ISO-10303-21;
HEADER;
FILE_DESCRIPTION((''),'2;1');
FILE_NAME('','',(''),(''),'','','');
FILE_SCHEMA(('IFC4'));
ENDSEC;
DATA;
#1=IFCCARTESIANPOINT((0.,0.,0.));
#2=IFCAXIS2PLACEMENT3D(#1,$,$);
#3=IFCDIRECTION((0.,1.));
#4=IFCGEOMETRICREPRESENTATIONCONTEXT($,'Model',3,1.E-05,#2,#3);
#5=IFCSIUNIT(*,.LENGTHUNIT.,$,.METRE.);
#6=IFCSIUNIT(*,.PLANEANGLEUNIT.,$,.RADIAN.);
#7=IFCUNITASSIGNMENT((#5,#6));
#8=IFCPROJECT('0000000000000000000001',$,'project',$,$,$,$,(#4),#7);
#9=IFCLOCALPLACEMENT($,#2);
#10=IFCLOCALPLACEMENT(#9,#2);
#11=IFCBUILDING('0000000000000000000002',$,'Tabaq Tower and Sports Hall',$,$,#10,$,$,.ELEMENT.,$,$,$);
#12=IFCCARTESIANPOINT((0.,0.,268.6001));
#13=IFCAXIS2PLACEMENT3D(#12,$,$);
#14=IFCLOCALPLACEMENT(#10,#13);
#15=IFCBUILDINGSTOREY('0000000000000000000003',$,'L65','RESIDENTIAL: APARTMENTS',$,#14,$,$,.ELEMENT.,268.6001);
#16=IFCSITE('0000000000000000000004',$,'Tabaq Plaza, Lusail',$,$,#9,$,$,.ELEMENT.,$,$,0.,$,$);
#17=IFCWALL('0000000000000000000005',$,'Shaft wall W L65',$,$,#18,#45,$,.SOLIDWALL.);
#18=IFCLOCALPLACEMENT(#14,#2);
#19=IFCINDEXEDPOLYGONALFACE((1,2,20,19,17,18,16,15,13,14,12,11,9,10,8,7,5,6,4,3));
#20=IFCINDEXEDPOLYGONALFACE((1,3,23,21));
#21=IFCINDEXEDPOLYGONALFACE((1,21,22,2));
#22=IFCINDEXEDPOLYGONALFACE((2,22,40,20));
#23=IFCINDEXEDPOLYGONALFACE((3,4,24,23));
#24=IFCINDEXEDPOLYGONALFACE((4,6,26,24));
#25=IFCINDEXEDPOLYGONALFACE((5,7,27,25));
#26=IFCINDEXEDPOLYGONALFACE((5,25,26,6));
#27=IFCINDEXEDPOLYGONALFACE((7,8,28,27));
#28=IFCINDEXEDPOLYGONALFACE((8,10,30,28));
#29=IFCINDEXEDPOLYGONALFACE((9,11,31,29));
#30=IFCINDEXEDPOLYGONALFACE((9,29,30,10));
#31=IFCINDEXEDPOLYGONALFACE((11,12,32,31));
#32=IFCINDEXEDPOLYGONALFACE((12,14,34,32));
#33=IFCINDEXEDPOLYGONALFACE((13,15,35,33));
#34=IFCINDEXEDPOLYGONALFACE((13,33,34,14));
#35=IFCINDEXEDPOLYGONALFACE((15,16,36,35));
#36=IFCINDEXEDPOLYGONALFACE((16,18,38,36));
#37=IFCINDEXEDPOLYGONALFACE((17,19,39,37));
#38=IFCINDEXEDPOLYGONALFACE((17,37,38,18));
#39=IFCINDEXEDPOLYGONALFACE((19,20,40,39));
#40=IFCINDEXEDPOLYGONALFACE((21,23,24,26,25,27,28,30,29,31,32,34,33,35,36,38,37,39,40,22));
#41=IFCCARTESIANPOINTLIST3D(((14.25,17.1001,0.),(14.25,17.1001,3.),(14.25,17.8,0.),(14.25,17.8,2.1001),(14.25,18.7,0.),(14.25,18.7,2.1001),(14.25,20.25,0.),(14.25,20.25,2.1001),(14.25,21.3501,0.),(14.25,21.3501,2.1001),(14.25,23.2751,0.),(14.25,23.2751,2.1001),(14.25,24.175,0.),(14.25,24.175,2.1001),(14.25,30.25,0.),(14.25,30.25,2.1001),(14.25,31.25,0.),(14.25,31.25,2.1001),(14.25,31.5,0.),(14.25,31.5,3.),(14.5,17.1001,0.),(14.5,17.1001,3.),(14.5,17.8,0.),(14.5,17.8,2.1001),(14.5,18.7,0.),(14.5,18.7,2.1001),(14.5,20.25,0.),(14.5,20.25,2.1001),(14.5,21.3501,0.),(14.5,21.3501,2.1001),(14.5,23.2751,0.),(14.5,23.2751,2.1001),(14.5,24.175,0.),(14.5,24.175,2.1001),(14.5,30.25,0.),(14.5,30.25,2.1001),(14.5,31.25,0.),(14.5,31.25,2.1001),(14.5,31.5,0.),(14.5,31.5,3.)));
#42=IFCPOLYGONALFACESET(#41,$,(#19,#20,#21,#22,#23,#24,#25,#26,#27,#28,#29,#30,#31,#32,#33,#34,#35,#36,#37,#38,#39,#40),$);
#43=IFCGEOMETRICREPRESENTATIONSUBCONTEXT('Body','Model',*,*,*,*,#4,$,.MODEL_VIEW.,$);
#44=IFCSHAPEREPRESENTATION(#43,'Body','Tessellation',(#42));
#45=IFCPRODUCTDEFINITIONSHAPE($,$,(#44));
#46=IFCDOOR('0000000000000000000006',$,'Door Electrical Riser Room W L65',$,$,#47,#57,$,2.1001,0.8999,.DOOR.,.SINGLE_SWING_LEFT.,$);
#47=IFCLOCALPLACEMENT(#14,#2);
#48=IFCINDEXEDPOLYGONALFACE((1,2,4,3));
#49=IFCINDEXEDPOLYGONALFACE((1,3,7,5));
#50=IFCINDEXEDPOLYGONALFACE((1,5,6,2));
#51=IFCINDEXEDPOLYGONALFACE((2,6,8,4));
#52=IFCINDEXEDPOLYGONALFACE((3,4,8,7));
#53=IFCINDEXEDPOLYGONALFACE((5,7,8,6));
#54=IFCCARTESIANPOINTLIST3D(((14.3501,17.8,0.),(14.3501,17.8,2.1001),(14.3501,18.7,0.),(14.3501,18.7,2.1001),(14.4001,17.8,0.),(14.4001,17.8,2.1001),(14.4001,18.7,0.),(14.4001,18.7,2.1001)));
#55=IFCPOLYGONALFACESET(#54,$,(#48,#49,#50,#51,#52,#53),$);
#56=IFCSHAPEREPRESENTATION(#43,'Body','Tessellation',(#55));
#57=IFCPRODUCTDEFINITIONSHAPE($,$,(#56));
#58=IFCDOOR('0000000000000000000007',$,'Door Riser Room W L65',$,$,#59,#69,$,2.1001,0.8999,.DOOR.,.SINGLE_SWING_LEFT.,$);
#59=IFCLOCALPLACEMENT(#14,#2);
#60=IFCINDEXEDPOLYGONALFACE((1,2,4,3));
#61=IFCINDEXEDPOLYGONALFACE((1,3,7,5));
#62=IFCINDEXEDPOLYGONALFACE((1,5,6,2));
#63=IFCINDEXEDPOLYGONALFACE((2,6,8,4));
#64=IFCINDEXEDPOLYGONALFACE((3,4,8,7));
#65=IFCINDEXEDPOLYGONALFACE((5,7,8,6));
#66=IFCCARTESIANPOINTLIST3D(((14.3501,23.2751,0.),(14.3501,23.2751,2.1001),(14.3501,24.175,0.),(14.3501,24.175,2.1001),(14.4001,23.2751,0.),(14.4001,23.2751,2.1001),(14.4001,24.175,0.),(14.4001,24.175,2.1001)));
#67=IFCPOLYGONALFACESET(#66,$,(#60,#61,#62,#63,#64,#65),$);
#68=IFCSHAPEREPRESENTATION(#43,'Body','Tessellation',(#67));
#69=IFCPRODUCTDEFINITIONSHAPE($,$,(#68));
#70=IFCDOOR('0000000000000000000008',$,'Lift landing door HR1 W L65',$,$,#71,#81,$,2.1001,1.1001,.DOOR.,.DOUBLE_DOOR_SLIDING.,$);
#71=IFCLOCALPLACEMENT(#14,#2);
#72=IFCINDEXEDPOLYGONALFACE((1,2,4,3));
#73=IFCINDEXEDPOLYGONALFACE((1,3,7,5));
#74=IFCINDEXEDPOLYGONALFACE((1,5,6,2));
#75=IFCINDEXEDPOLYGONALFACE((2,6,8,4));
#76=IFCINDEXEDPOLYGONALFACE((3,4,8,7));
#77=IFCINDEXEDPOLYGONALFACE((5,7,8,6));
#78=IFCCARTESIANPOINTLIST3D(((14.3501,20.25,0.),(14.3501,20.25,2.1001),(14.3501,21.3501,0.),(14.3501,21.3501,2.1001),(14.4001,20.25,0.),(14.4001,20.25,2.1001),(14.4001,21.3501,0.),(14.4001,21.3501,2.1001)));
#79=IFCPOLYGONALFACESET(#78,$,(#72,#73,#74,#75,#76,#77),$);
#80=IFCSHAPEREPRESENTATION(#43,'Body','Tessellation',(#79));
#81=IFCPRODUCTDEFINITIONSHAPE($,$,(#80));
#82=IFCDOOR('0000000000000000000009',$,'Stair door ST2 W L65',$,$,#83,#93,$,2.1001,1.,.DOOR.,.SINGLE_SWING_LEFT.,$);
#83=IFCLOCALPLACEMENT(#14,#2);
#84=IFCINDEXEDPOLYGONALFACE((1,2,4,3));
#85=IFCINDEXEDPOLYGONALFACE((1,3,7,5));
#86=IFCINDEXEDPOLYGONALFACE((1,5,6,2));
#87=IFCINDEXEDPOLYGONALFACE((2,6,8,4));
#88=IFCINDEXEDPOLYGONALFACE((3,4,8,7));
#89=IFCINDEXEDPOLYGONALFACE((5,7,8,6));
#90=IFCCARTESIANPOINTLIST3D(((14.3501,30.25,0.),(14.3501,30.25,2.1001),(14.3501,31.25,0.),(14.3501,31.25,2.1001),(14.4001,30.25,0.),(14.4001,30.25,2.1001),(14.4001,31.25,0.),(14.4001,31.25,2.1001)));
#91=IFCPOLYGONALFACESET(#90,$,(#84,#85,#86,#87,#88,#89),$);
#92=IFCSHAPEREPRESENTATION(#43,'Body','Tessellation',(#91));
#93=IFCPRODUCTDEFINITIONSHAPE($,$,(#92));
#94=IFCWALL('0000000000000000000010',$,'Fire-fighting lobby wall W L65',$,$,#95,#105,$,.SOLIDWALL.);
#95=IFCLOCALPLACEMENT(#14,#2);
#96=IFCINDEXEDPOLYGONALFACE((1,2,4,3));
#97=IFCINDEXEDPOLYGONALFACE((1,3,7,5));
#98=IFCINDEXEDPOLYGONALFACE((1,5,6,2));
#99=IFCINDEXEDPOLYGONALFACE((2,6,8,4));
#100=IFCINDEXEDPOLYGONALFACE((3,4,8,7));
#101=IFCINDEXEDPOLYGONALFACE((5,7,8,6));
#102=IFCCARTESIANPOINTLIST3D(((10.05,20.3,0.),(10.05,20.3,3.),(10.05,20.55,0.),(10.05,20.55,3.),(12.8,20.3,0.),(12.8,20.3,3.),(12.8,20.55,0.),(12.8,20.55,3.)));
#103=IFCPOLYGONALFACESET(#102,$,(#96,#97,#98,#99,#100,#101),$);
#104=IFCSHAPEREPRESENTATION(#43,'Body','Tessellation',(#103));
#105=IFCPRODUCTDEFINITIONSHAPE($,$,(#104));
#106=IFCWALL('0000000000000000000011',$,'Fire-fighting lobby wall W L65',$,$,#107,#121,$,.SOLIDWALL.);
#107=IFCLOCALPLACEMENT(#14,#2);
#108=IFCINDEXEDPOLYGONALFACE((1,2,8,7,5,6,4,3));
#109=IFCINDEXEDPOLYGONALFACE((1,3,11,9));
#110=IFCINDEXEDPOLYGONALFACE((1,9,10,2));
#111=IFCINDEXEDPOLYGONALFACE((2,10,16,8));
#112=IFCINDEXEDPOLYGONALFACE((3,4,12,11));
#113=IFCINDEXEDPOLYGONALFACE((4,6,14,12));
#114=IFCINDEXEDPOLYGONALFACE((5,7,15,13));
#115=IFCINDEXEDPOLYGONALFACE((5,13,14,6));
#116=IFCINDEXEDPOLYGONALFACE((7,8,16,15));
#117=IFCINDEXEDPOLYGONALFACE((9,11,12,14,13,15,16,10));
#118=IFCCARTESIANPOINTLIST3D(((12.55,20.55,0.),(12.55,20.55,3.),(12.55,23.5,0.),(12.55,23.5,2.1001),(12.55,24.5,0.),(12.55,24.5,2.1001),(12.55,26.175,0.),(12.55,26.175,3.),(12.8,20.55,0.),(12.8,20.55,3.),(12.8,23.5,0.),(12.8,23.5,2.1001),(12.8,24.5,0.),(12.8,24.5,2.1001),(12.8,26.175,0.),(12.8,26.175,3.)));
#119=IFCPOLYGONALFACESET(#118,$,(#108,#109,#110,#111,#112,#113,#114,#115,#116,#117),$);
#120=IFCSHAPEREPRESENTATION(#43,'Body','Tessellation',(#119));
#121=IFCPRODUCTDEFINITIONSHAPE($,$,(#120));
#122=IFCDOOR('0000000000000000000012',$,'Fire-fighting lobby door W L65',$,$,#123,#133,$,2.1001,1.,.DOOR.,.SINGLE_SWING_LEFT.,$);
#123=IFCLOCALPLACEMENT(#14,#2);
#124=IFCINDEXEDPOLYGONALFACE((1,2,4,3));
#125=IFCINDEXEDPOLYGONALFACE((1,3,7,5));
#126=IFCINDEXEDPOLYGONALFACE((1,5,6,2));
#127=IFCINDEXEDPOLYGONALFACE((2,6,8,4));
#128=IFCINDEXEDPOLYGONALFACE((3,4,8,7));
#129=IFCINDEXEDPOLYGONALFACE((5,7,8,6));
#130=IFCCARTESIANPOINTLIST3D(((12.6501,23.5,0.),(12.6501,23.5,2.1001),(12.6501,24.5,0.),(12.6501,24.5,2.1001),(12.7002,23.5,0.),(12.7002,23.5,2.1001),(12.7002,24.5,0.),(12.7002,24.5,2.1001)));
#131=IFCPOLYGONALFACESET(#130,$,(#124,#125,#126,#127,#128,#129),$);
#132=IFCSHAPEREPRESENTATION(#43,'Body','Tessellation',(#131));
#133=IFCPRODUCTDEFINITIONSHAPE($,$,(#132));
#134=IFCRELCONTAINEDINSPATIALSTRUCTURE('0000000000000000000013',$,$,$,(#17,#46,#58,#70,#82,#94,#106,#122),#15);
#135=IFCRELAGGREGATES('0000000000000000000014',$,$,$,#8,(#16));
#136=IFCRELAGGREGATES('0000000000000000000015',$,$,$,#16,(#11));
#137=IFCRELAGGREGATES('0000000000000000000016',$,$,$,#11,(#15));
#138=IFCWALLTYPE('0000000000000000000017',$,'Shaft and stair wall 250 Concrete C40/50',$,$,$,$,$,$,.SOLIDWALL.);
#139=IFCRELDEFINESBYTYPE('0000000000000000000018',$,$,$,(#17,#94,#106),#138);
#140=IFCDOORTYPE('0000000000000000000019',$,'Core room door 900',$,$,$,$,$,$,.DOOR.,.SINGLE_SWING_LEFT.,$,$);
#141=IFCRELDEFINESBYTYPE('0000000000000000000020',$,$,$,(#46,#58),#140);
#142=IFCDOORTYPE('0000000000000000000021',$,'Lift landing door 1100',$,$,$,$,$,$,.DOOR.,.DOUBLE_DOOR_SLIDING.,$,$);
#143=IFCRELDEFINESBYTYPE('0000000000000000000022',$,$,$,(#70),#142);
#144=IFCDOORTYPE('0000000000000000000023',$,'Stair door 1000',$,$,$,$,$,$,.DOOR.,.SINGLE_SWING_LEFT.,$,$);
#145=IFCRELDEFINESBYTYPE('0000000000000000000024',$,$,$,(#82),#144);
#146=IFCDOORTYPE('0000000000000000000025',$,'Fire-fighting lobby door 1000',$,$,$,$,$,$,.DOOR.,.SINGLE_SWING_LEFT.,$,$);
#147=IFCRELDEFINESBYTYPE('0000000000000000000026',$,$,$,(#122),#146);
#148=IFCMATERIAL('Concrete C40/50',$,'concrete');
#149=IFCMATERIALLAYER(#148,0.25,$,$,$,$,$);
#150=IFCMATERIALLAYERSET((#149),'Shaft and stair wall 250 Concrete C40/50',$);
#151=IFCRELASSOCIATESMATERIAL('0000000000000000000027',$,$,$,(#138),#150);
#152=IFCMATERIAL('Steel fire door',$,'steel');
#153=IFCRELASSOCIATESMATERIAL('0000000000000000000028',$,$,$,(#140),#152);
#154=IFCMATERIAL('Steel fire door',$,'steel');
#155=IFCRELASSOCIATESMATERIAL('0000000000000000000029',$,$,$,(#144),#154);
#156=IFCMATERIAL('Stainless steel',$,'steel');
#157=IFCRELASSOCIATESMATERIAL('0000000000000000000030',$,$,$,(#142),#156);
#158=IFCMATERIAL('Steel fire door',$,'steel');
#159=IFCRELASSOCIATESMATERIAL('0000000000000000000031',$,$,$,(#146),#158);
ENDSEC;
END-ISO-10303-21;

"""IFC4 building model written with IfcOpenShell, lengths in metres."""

from ifc_helpers import new_model, si_unit, direction, frame, frame_2d, origin, place, context, subcontext, project, spatial, rectangle, extrude, material, layer, layer_set, type_object, element, fill, save


model = new_model("IFC4")

# Units and contexts
model_context = context("Model", 3, precision=1e-05, world=origin(), true_north=direction((0.0, 1.0)))
body_context = subcontext(model_context, "Body", "Model", "MODEL_VIEW")
ifc_project = project(units=[si_unit("LENGTHUNIT", "METRE"), si_unit("PLANEANGLEUNIT", "RADIAN")], contexts=[model_context])

# Site, building, storey
site_placement = place(None, origin())
site = spatial("IfcSite", under=ifc_project, at=site_placement, Name="Tabaq Plaza, Lusail", CompositionType="ELEMENT", RefElevation=0.0)
building_placement = place(site_placement, origin())
building = spatial("IfcBuilding", under=site, at=building_placement, Name="Tabaq Tower and Sports Hall", CompositionType="ELEMENT")
storey_placement = place(building_placement, frame((0.0, 0.0, 268.6001)))
storey = spatial("IfcBuildingStorey", under=building, at=storey_placement, Name="L65", Description="RESIDENTIAL: APARTMENTS", CompositionType="ELEMENT", Elevation=268.6001)

# Wall, openings, doors
ifc_material_1 = material(Name="Concrete C40/50", Category="concrete")
ifc_layer_1 = layer(ifc_material_1, 0.25)
ifc_layer_set_1 = layer_set([ifc_layer_1], Name="Shaft and stair wall 250 Concrete C40/50")
wall_type_1 = type_object("IfcWallType", Name="Shaft and stair wall 250 Concrete C40/50", PredefinedType="SOLIDWALL", material=ifc_layer_set_1)
ifc_material_2 = material(Name="Steel fire door", Category="steel")
door_type_1 = type_object("IfcDoorType", Name="Core room door 900", OperationType="SINGLE_SWING_LEFT", PredefinedType="DOOR", material=ifc_material_2)
ifc_material_3 = material(Name="Steel fire door", Category="steel")
door_type_2 = type_object("IfcDoorType", Name="Stair door 1000", OperationType="SINGLE_SWING_LEFT", PredefinedType="DOOR", material=ifc_material_3)
wall_1_placement = place(storey_placement, frame((14.375, 17.1001, 0.0), z_axis=(0.0, 0.0, 1.0), x_axis=(0.0, 1.0, 0.0)))
wall_1 = element("IfcWall", 1, at=wall_1_placement, inside=storey, type_object=wall_type_1, Name="Shaft wall W L65", PredefinedType="SOLIDWALL", context=body_context, shape_type="SweptSolid", body=[
    extrude(rectangle(XDim=14.3999, YDim=0.25, at=frame_2d((7.2, 0.0))), origin(), (0.0, 0.0, 1.0), 3.0),
])
opening_1_placement = place(wall_1_placement, frame((13.1499, 0.0, 0.0)))
opening_1 = element("IfcOpeningElement", 2, at=opening_1_placement, cuts=wall_1, PredefinedType="OPENING", context=body_context, shape_type="SweptSolid", body=[
    extrude(rectangle(XDim=1.0, YDim=2.1001, at=frame_2d((0.5, 1.05))), frame((0.0, 0.125, 0.0), z_axis=(0.0, -1.0, 0.0), x_axis=(1.0, 0.0, 0.0)), (0.0, 0.0, 1.0), 0.25),
])
opening_2_placement = place(wall_1_placement, frame((3.1499, 0.0, 0.0)))
opening_2 = element("IfcOpeningElement", 3, at=opening_2_placement, cuts=wall_1, PredefinedType="OPENING", context=body_context, shape_type="SweptSolid", body=[
    extrude(rectangle(XDim=1.1001, YDim=2.1001, at=frame_2d((0.55, 1.05))), frame((0.0, 0.125, 0.0), z_axis=(0.0, -1.0, 0.0), x_axis=(1.0, 0.0, 0.0)), (0.0, 0.0, 1.0), 0.25),
])
opening_3_placement = place(wall_1_placement, frame((0.7, 0.0, 0.0)))
opening_3 = element("IfcOpeningElement", 4, at=opening_3_placement, cuts=wall_1, PredefinedType="OPENING", context=body_context, shape_type="SweptSolid", body=[
    extrude(rectangle(XDim=0.8999, YDim=2.1001, at=frame_2d((0.45, 1.05))), frame((0.0, 0.125, 0.0), z_axis=(0.0, -1.0, 0.0), x_axis=(1.0, 0.0, 0.0)), (0.0, 0.0, 1.0), 0.25),
])
opening_4_placement = place(wall_1_placement, frame((6.175, 0.0, 0.0)))
opening_4 = element("IfcOpeningElement", 5, at=opening_4_placement, cuts=wall_1, PredefinedType="OPENING", context=body_context, shape_type="SweptSolid", body=[
    extrude(rectangle(XDim=0.8999, YDim=2.1001, at=frame_2d((0.45, 1.05))), frame((0.0, 0.125, 0.0), z_axis=(0.0, -1.0, 0.0), x_axis=(1.0, 0.0, 0.0)), (0.0, 0.0, 1.0), 0.25),
])
door_1_placement = place(opening_3_placement, origin())
door_1 = element("IfcDoor", 6, at=door_1_placement, inside=storey, type_object=door_type_1, Name="Door Electrical Riser Room W L65", OperationType="SINGLE_SWING_LEFT", OverallHeight=2.1001, OverallWidth=0.8999, PredefinedType="DOOR", context=body_context, shape_type="SweptSolid", body=[
    extrude(rectangle(XDim=0.8999, YDim=2.1001, at=frame_2d((0.45, 1.05))), frame((0.0, 0.0249, 0.0), z_axis=(0.0, -1.0, 0.0), x_axis=(1.0, 0.0, 0.0)), (0.0, 0.0, 1.0), 0.05),
])
fill(opening_3, door_1)
door_2_placement = place(opening_4_placement, origin())
door_2 = element("IfcDoor", 7, at=door_2_placement, inside=storey, type_object=door_type_1, Name="Door Riser Room W L65", OperationType="SINGLE_SWING_LEFT", OverallHeight=2.1001, OverallWidth=0.8999, PredefinedType="DOOR", context=body_context, shape_type="SweptSolid", body=[
    extrude(rectangle(XDim=0.8999, YDim=2.1001, at=frame_2d((0.45, 1.05))), frame((0.0, 0.0249, 0.0), z_axis=(0.0, -1.0, 0.0), x_axis=(1.0, 0.0, 0.0)), (0.0, 0.0, 1.0), 0.05),
])
fill(opening_4, door_2)
ifc_material_4 = material(Name="Stainless steel", Category="steel")
door_type_3 = type_object("IfcDoorType", Name="Lift landing door 1100", OperationType="DOUBLE_DOOR_SLIDING", PredefinedType="DOOR", material=ifc_material_4)
door_3_placement = place(opening_2_placement, origin())
door_3 = element("IfcDoor", 8, at=door_3_placement, inside=storey, type_object=door_type_3, Name="Lift landing door HR1 W L65", OperationType="DOUBLE_DOOR_SLIDING", OverallHeight=2.1001, OverallWidth=1.1001, PredefinedType="DOOR", context=body_context, shape_type="SweptSolid", body=[
    extrude(rectangle(XDim=1.1001, YDim=2.1001, at=frame_2d((0.55, 1.05))), frame((0.0, 0.0249, 0.0), z_axis=(0.0, -1.0, 0.0), x_axis=(1.0, 0.0, 0.0)), (0.0, 0.0, 1.0), 0.05),
])
fill(opening_2, door_3)
door_4_placement = place(opening_1_placement, origin())
door_4 = element("IfcDoor", 9, at=door_4_placement, inside=storey, type_object=door_type_2, Name="Stair door ST2 W L65", OperationType="SINGLE_SWING_LEFT", OverallHeight=2.1001, OverallWidth=1.0, PredefinedType="DOOR", context=body_context, shape_type="SweptSolid", body=[
    extrude(rectangle(XDim=1.0, YDim=2.1001, at=frame_2d((0.5, 1.05))), frame((0.0, 0.0249, 0.0), z_axis=(0.0, -1.0, 0.0), x_axis=(1.0, 0.0, 0.0)), (0.0, 0.0, 1.0), 0.05),
])
fill(opening_1, door_4)

# Wall
wall_2_placement = place(storey_placement, frame((10.05, 20.425, 0.0), z_axis=(0.0, 0.0, 1.0), x_axis=(1.0, 0.0, 0.0)))
element("IfcWall", 10, at=wall_2_placement, inside=storey, type_object=wall_type_1, Name="Fire-fighting lobby wall W L65", PredefinedType="SOLIDWALL", context=body_context, shape_type="SweptSolid", body=[
    extrude(rectangle(XDim=2.75, YDim=0.25, at=frame_2d((1.375, 0.0))), origin(), (0.0, 0.0, 1.0), 3.0),
])

# Wall, opening, door
wall_3_placement = place(storey_placement, frame((12.675, 20.55, 0.0), z_axis=(0.0, 0.0, 1.0), x_axis=(0.0, 1.0, 0.0)))
wall_3 = element("IfcWall", 11, at=wall_3_placement, inside=storey, type_object=wall_type_1, Name="Fire-fighting lobby wall W L65", PredefinedType="SOLIDWALL", context=body_context, shape_type="SweptSolid", body=[
    extrude(rectangle(XDim=5.625, YDim=0.25, at=frame_2d((2.8125, 0.0))), origin(), (0.0, 0.0, 1.0), 3.0),
])
opening_5_placement = place(wall_3_placement, frame((2.95, 0.0, 0.0)))
opening_5 = element("IfcOpeningElement", 12, at=opening_5_placement, cuts=wall_3, PredefinedType="OPENING", context=body_context, shape_type="SweptSolid", body=[
    extrude(rectangle(XDim=1.0, YDim=2.1001, at=frame_2d((0.5, 1.05))), frame((0.0, 0.125, 0.0), z_axis=(0.0, -1.0, 0.0), x_axis=(1.0, 0.0, 0.0)), (0.0, 0.0, 1.0), 0.25),
])
ifc_material_5 = material(Name="Steel fire door", Category="steel")
door_type_4 = type_object("IfcDoorType", Name="Fire-fighting lobby door 1000", OperationType="SINGLE_SWING_LEFT", PredefinedType="DOOR", material=ifc_material_5)
door_5_placement = place(opening_5_placement, origin())
door_5 = element("IfcDoor", 13, at=door_5_placement, inside=storey, type_object=door_type_4, Name="Fire-fighting lobby door W L65", OperationType="SINGLE_SWING_LEFT", OverallHeight=2.1001, OverallWidth=1.0, PredefinedType="DOOR", context=body_context, shape_type="SweptSolid", body=[
    extrude(rectangle(XDim=1.0, YDim=2.1001, at=frame_2d((0.5, 1.05))), frame((0.0, 0.0249, 0.0), z_axis=(0.0, -1.0, 0.0), x_axis=(1.0, 0.0, 0.0)), (0.0, 0.0, 1.0), 0.05),
])
fill(opening_5, door_5)

save(model, "model.ifc")
